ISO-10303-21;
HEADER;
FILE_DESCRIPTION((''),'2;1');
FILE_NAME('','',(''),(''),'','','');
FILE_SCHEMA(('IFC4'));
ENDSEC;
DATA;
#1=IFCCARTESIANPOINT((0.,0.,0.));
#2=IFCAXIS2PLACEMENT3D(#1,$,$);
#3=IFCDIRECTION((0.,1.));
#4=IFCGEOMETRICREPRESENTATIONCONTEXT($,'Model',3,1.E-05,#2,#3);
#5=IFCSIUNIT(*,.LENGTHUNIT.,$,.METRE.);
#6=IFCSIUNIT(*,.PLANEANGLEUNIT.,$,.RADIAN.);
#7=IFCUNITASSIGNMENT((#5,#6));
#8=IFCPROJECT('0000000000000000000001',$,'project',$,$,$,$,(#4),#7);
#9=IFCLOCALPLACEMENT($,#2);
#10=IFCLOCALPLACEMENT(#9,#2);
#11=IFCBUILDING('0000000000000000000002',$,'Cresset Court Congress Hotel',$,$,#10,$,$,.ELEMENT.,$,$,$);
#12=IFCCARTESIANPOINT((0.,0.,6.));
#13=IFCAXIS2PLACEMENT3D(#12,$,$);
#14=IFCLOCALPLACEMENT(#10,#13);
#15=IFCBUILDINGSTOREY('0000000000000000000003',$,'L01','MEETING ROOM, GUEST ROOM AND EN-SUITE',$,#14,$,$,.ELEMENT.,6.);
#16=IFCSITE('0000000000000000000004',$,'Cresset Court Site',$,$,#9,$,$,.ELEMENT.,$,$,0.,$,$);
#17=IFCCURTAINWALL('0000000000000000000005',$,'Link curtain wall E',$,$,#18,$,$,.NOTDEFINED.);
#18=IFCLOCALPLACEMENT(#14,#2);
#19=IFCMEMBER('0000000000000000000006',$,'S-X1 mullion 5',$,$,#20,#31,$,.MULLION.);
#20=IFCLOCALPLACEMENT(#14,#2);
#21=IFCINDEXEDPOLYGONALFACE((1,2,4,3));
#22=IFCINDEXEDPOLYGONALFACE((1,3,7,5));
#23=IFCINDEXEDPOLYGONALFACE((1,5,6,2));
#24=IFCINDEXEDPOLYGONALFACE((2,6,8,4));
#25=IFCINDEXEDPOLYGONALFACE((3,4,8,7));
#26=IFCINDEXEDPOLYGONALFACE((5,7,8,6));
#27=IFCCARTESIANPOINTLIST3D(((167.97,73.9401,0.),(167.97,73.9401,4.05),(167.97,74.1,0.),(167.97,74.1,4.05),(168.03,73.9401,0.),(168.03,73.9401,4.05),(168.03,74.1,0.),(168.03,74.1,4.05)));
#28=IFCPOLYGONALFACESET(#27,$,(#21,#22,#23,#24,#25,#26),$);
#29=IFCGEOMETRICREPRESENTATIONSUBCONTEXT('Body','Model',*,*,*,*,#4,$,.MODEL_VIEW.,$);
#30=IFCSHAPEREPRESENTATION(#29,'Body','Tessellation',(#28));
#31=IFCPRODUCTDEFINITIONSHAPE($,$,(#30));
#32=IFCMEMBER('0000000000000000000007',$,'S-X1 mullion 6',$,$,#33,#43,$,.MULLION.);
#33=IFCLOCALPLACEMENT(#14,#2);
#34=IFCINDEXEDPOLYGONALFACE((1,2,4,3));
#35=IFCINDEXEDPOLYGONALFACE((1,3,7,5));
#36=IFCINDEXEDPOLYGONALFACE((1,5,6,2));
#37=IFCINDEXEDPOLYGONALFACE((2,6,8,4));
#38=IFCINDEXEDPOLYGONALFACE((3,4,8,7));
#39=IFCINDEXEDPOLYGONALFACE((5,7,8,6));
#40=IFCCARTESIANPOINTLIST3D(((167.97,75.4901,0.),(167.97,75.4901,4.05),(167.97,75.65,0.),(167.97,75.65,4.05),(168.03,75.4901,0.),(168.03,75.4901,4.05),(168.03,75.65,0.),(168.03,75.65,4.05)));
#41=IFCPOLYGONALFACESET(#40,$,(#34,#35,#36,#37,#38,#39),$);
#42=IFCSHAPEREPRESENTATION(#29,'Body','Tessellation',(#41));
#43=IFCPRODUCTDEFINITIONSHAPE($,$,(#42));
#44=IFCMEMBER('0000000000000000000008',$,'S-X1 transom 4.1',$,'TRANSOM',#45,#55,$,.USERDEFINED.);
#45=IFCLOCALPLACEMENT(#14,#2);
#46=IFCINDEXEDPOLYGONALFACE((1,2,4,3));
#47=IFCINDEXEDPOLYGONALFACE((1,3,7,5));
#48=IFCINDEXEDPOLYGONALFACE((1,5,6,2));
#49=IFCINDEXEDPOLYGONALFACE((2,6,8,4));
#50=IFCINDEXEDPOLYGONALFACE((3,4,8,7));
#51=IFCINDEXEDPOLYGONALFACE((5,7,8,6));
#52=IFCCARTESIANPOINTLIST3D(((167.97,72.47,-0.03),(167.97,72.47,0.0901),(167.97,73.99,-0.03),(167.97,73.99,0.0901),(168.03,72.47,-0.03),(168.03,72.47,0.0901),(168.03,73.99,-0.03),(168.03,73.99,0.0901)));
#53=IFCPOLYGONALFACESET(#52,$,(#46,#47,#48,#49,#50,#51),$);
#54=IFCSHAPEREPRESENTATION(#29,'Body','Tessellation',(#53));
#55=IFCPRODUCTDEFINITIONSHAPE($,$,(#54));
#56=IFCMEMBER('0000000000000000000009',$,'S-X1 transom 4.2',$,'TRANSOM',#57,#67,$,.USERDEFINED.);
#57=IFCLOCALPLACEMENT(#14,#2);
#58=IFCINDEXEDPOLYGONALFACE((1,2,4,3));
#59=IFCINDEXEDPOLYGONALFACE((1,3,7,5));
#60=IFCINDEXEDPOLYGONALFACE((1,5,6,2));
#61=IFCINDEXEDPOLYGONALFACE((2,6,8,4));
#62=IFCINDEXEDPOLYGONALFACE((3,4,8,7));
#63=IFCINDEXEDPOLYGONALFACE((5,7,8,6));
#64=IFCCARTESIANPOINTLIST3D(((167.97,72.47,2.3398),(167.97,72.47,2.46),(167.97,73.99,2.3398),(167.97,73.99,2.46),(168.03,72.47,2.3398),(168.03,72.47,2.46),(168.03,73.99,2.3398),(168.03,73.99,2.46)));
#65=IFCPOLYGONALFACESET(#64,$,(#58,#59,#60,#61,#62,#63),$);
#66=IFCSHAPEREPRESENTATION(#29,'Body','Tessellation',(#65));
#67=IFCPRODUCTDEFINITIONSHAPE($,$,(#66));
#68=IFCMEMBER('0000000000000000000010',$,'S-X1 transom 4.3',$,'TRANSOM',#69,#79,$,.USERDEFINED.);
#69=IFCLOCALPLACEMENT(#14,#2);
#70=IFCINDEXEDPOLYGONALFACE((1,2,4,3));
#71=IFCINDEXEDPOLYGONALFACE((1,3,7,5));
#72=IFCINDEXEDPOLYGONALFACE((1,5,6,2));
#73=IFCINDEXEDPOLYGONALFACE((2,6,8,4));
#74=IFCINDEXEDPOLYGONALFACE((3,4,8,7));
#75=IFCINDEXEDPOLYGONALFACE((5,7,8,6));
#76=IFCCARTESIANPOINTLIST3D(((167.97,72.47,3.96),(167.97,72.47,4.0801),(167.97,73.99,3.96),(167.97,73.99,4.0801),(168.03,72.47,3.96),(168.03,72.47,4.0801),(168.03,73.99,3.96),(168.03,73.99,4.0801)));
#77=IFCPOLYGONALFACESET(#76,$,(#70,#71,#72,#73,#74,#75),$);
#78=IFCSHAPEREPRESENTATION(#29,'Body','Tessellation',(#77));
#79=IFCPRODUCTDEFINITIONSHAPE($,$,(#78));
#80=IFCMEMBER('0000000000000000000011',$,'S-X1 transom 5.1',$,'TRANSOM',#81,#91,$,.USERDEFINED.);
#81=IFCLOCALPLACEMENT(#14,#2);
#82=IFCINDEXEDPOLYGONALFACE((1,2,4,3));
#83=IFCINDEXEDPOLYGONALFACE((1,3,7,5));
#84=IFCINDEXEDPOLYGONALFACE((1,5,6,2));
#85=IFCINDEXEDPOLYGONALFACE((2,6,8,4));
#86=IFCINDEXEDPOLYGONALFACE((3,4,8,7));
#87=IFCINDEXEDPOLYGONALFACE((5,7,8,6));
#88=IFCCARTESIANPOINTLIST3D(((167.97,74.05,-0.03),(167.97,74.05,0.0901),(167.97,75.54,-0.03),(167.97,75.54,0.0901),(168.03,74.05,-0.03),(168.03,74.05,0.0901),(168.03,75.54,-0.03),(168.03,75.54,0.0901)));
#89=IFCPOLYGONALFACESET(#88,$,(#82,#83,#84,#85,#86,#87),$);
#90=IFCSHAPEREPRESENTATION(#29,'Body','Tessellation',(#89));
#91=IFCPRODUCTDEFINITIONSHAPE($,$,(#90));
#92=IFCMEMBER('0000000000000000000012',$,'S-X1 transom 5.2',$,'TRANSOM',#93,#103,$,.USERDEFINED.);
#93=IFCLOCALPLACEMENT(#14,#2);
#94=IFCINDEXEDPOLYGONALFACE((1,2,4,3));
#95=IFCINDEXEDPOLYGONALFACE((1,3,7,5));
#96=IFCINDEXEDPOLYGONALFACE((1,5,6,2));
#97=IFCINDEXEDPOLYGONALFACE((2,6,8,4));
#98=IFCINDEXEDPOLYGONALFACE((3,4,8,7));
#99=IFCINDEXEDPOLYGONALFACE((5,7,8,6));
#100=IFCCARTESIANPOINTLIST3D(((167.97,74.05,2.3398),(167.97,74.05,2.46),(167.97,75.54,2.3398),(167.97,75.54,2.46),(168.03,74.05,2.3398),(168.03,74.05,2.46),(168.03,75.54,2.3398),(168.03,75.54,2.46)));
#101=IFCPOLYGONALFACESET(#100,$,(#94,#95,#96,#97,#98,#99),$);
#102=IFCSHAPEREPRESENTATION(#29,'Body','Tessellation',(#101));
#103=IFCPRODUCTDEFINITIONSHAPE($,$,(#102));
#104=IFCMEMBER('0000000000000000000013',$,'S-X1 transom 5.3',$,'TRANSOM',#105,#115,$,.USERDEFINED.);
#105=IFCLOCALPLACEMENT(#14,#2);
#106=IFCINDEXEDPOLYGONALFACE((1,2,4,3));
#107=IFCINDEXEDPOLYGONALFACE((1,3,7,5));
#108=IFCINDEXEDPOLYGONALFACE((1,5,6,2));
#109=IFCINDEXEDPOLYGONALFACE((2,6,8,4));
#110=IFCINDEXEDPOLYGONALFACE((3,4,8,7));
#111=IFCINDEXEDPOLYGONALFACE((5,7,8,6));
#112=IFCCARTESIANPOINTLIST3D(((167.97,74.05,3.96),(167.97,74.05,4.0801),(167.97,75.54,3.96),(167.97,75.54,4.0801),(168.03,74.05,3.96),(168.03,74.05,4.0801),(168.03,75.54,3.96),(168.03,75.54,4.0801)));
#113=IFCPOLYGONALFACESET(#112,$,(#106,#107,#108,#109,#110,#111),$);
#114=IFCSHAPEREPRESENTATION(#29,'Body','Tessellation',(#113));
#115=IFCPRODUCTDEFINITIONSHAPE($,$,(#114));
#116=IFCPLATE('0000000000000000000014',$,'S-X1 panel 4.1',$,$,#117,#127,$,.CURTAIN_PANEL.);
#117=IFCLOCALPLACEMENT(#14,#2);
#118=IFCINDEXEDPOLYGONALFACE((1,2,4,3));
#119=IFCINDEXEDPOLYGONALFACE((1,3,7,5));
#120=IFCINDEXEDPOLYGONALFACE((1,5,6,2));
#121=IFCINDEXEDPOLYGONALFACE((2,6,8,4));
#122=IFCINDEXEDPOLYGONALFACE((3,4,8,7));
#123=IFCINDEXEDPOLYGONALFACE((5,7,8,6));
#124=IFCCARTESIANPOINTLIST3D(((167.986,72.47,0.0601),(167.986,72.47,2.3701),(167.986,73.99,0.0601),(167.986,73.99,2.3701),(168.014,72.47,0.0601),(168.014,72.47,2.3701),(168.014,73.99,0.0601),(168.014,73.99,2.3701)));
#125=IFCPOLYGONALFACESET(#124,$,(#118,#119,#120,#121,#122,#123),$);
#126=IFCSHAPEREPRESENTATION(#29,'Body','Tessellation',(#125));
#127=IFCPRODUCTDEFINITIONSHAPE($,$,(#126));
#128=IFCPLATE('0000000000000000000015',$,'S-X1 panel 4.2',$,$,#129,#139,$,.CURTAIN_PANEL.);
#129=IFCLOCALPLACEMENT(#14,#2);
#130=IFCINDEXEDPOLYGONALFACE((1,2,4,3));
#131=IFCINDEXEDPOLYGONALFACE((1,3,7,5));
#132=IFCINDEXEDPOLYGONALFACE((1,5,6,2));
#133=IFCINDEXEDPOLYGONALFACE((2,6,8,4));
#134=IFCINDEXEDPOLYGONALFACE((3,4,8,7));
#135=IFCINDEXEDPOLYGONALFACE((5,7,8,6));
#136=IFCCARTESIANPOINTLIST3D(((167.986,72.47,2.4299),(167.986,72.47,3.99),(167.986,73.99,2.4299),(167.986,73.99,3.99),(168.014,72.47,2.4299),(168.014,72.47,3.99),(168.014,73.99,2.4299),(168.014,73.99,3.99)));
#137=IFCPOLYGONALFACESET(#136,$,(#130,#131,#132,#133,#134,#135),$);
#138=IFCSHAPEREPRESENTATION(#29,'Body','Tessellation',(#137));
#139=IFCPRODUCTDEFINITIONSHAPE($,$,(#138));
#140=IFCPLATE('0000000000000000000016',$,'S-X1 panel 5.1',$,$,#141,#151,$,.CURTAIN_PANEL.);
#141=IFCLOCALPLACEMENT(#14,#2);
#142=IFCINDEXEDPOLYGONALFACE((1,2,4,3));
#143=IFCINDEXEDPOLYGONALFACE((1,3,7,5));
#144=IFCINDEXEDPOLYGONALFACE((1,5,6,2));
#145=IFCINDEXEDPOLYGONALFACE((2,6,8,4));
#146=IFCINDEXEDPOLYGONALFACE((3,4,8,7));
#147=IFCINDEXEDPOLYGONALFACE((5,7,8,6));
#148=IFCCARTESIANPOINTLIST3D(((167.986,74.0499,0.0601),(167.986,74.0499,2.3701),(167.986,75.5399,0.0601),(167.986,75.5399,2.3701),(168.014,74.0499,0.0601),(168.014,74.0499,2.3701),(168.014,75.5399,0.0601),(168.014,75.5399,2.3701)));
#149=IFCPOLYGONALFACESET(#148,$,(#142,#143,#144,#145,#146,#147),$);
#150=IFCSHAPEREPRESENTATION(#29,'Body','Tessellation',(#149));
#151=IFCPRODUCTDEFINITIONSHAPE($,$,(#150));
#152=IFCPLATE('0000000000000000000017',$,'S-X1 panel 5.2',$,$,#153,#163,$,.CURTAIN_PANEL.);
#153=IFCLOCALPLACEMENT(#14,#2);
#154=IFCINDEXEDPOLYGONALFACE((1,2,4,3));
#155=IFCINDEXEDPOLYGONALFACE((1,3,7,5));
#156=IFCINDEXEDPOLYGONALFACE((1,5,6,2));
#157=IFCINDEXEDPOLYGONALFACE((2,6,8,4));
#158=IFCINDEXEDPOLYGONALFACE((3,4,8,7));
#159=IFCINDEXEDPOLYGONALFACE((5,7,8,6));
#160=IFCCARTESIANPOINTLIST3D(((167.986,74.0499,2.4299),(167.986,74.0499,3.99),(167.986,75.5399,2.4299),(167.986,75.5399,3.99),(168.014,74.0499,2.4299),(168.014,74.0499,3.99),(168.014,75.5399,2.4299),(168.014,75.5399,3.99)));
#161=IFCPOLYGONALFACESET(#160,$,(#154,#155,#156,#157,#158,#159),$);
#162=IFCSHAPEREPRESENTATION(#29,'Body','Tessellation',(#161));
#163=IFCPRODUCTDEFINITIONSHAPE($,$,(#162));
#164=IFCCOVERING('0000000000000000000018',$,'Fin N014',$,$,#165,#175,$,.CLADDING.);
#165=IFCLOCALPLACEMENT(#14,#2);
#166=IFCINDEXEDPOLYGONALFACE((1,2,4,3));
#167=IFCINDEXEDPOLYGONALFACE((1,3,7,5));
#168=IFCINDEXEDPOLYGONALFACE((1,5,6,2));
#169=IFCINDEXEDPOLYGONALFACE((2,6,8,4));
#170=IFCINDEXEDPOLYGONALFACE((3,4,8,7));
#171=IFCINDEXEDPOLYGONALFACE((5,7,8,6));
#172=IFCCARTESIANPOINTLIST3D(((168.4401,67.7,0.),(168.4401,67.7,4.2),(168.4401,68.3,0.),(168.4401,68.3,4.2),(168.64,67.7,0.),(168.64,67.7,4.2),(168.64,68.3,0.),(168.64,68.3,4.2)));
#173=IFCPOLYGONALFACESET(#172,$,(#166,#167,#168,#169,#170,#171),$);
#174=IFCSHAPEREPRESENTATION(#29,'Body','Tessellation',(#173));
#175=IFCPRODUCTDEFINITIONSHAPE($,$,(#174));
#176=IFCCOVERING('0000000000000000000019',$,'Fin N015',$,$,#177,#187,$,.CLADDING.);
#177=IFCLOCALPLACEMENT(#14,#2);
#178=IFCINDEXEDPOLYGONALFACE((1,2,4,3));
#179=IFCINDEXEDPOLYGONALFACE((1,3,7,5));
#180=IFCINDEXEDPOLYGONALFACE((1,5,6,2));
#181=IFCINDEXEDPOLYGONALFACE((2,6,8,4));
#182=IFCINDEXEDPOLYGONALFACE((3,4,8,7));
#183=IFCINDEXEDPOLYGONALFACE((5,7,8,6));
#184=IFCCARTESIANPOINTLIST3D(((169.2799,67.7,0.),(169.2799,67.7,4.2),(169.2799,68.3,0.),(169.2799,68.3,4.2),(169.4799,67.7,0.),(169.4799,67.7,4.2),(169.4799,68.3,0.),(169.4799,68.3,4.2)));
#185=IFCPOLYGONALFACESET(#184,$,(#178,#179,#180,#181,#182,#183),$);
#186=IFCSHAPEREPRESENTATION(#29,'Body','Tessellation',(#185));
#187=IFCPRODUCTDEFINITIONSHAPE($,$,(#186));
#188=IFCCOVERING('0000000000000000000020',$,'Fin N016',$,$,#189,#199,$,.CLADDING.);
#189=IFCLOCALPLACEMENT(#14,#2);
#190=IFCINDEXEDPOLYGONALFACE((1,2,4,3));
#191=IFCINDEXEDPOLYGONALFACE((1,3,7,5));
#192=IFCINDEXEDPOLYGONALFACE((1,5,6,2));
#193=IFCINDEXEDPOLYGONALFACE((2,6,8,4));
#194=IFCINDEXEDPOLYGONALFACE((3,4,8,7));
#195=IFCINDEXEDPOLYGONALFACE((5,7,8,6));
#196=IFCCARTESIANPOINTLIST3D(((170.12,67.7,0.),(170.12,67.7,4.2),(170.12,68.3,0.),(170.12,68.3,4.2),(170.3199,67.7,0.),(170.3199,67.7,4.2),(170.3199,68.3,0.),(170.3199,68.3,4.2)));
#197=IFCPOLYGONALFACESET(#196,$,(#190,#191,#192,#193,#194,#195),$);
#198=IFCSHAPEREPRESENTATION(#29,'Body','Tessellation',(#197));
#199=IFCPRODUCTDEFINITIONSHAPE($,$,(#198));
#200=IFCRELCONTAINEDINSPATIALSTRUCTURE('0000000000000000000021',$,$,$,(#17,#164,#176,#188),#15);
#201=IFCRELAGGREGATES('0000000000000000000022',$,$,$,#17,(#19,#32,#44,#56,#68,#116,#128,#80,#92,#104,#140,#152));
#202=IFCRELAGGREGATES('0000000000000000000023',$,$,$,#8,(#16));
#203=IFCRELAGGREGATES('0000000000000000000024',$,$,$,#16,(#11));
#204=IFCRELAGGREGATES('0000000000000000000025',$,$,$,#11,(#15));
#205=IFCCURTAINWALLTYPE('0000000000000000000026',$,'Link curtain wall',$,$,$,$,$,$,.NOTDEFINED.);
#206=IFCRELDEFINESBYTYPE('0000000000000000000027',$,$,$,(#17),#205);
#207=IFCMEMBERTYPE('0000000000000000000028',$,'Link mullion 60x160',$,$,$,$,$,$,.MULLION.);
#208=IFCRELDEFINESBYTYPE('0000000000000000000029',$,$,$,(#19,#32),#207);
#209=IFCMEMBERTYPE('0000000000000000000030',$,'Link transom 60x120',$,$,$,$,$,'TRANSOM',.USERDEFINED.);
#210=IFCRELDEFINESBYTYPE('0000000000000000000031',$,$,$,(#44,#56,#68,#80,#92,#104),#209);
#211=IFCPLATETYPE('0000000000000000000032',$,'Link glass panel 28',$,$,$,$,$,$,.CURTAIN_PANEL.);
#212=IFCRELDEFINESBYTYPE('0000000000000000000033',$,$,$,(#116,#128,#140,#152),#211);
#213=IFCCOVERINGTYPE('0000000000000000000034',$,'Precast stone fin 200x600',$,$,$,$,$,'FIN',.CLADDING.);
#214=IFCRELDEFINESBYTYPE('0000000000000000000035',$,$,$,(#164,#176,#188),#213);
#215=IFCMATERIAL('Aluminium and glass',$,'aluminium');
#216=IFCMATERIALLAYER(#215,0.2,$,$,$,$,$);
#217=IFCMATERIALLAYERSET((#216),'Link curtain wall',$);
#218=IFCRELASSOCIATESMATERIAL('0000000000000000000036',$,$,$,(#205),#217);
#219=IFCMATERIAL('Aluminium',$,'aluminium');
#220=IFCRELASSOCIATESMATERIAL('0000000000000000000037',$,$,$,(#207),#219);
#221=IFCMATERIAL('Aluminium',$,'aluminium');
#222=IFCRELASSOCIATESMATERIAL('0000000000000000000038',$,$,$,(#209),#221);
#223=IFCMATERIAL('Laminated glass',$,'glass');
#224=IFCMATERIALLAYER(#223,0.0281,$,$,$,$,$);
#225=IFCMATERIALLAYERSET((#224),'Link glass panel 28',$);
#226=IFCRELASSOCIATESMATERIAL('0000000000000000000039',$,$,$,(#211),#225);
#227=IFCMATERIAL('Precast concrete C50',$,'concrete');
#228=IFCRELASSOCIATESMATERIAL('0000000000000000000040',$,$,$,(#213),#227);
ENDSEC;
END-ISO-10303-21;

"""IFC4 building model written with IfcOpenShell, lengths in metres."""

from ifc_helpers import new_model, si_unit, direction, frame, origin, origin_2d, place, context, subcontext, project, spatial, rectangle, extrude, material, layer, layer_set, material_profile, profile_set, type_object, element, aggregate, save


model = new_model("IFC4")

# Units and contexts
model_context = context("Model", 3, precision=1e-05, world=origin(), true_north=direction((0.0, 1.0)))
body_context = subcontext(model_context, "Body", "Model", "MODEL_VIEW")
ifc_project = project(units=[si_unit("LENGTHUNIT", "METRE"), si_unit("PLANEANGLEUNIT", "RADIAN")], contexts=[model_context])

# Site, building, storey
site_placement = place(None, origin())
site = spatial("IfcSite", under=ifc_project, at=site_placement, Name="Cresset Court Site", CompositionType="ELEMENT", RefElevation=0.0)
building_placement = place(site_placement, origin())
building = spatial("IfcBuilding", under=site, at=building_placement, Name="Cresset Court Congress Hotel", CompositionType="ELEMENT")
storey_placement = place(building_placement, frame((0.0, 0.0, 6.0)))
storey = spatial("IfcBuildingStorey", under=building, at=storey_placement, Name="L01", Description="MEETING ROOM, GUEST ROOM AND EN-SUITE", CompositionType="ELEMENT", Elevation=6.0)

# Curtain wall, members, plates
ifc_material_1 = material(Name="Aluminium and glass", Category="aluminium")
ifc_layer_1 = layer(ifc_material_1, 0.2)
ifc_layer_set_1 = layer_set([ifc_layer_1], Name="Link curtain wall")
curtain_wall_type = type_object("IfcCurtainWallType", Name="Link curtain wall", PredefinedType="NOTDEFINED", material=ifc_layer_set_1)
curtain_wall_placement = place(storey_placement, origin())
curtain_wall = element("IfcCurtainWall", 1, at=curtain_wall_placement, inside=storey, type_object=curtain_wall_type, Name="Link curtain wall E", PredefinedType="NOTDEFINED")
ifc_material_2 = material(Name="Aluminium", Category="aluminium")
ifc_material_profile_1 = material_profile(ifc_material_2, rectangle(XDim=0.0601, YDim=0.1599, at=origin_2d()), Name="Mullion 60x160")
ifc_profile_set_1 = profile_set([ifc_material_profile_1], Name="Aluminium")
member_type_1 = type_object("IfcMemberType", Name="Link mullion 60x160", PredefinedType="MULLION", material=ifc_profile_set_1)
member_1_placement = place(storey_placement, frame((168.0, 74.02, 0.0), z_axis=(0.0, 0.0, 1.0), x_axis=(-1.0, 0.0, 0.0)))
member_1 = element("IfcMember", 2, at=member_1_placement, type_object=member_type_1, Name="S-X1 mullion 5", PredefinedType="MULLION", context=body_context, shape_type="SweptSolid", body=[
    extrude(rectangle(XDim=0.0601, YDim=0.1599, at=origin_2d()), origin(), (0.0, 0.0, 1.0), 4.05),
])
member_2_placement = place(storey_placement, frame((168.0, 75.5701, 0.0), z_axis=(0.0, 0.0, 1.0), x_axis=(-1.0, 0.0, 0.0)))
member_2 = element("IfcMember", 3, at=member_2_placement, type_object=member_type_1, Name="S-X1 mullion 6", PredefinedType="MULLION", context=body_context, shape_type="SweptSolid", body=[
    extrude(rectangle(XDim=0.0601, YDim=0.1599, at=origin_2d()), origin(), (0.0, 0.0, 1.0), 4.05),
])
ifc_material_3 = material(Name="Aluminium", Category="aluminium")
ifc_material_profile_2 = material_profile(ifc_material_3, rectangle(XDim=0.0601, YDim=0.1201, at=origin_2d()), Name="Transom 60x120")
ifc_profile_set_2 = profile_set([ifc_material_profile_2], Name="Aluminium")
member_type_2 = type_object("IfcMemberType", Name="Link transom 60x120", ElementType="TRANSOM", PredefinedType="USERDEFINED", material=ifc_profile_set_2)
member_3_placement = place(storey_placement, frame((168.0, 72.47, 0.03), z_axis=(0.0, 1.0, 0.0), x_axis=(-1.0, 0.0, 0.0)))
member_3 = element("IfcMember", 4, at=member_3_placement, type_object=member_type_2, Name="S-X1 transom 4.1", ObjectType="TRANSOM", PredefinedType="USERDEFINED", context=body_context, shape_type="SweptSolid", body=[
    extrude(rectangle(XDim=0.0601, YDim=0.1201, at=origin_2d()), origin(), (0.0, 0.0, 1.0), 1.52),
])
member_4_placement = place(storey_placement, frame((168.0, 72.47, 2.3999), z_axis=(0.0, 1.0, 0.0), x_axis=(-1.0, 0.0, 0.0)))
member_4 = element("IfcMember", 5, at=member_4_placement, type_object=member_type_2, Name="S-X1 transom 4.2", ObjectType="TRANSOM", PredefinedType="USERDEFINED", context=body_context, shape_type="SweptSolid", body=[
    extrude(rectangle(XDim=0.0601, YDim=0.1201, at=origin_2d()), origin(), (0.0, 0.0, 1.0), 1.52),
])
member_5_placement = place(storey_placement, frame((168.0, 72.47, 4.02), z_axis=(0.0, 1.0, 0.0), x_axis=(-1.0, 0.0, 0.0)))
member_5 = element("IfcMember", 6, at=member_5_placement, type_object=member_type_2, Name="S-X1 transom 4.3", ObjectType="TRANSOM", PredefinedType="USERDEFINED", context=body_context, shape_type="SweptSolid", body=[
    extrude(rectangle(XDim=0.0601, YDim=0.1201, at=origin_2d()), origin(), (0.0, 0.0, 1.0), 1.52),
])
member_6_placement = place(storey_placement, frame((168.0, 74.05, 0.03), z_axis=(0.0, 1.0, 0.0), x_axis=(-1.0, 0.0, 0.0)))
member_6 = element("IfcMember", 7, at=member_6_placement, type_object=member_type_2, Name="S-X1 transom 5.1", ObjectType="TRANSOM", PredefinedType="USERDEFINED", context=body_context, shape_type="SweptSolid", body=[
    extrude(rectangle(XDim=0.0601, YDim=0.1201, at=origin_2d()), origin(), (0.0, 0.0, 1.0), 1.49),
])
member_7_placement = place(storey_placement, frame((168.0, 74.05, 2.3999), z_axis=(0.0, 1.0, 0.0), x_axis=(-1.0, 0.0, 0.0)))
member_7 = element("IfcMember", 8, at=member_7_placement, type_object=member_type_2, Name="S-X1 transom 5.2", ObjectType="TRANSOM", PredefinedType="USERDEFINED", context=body_context, shape_type="SweptSolid", body=[
    extrude(rectangle(XDim=0.0601, YDim=0.1201, at=origin_2d()), origin(), (0.0, 0.0, 1.0), 1.49),
])
member_8_placement = place(storey_placement, frame((168.0, 74.05, 4.02), z_axis=(0.0, 1.0, 0.0), x_axis=(-1.0, 0.0, 0.0)))
member_8 = element("IfcMember", 9, at=member_8_placement, type_object=member_type_2, Name="S-X1 transom 5.3", ObjectType="TRANSOM", PredefinedType="USERDEFINED", context=body_context, shape_type="SweptSolid", body=[
    extrude(rectangle(XDim=0.0601, YDim=0.1201, at=origin_2d()), origin(), (0.0, 0.0, 1.0), 1.49),
])
ifc_material_4 = material(Name="Laminated glass", Category="glass")
ifc_layer_2 = layer(ifc_material_4, 0.0281)
ifc_layer_set_2 = layer_set([ifc_layer_2], Name="Link glass panel 28")
plate_type = type_object("IfcPlateType", Name="Link glass panel 28", PredefinedType="CURTAIN_PANEL", material=ifc_layer_set_2)
plate_1_placement = place(storey_placement, frame((168.0, 73.23, 0.0601), z_axis=(0.0, 0.0, 1.0), x_axis=(0.0, 1.0, 0.0)))
plate_1 = element("IfcPlate", 10, at=plate_1_placement, type_object=plate_type, Name="S-X1 panel 4.1", PredefinedType="CURTAIN_PANEL", context=body_context, shape_type="SweptSolid", body=[
    extrude(rectangle(XDim=1.52, YDim=0.0281, at=origin_2d()), origin(), (0.0, 0.0, 1.0), 2.3101),
])
plate_2_placement = place(storey_placement, frame((168.0, 73.23, 2.4299), z_axis=(0.0, 0.0, 1.0), x_axis=(0.0, 1.0, 0.0)))
plate_2 = element("IfcPlate", 11, at=plate_2_placement, type_object=plate_type, Name="S-X1 panel 4.2", PredefinedType="CURTAIN_PANEL", context=body_context, shape_type="SweptSolid", body=[
    extrude(rectangle(XDim=1.52, YDim=0.0281, at=origin_2d()), origin(), (0.0, 0.0, 1.0), 1.5601),
])
plate_3_placement = place(storey_placement, frame((168.0, 74.7949, 0.0601), z_axis=(0.0, 0.0, 1.0), x_axis=(0.0, 1.0, 0.0)))
plate_3 = element("IfcPlate", 12, at=plate_3_placement, type_object=plate_type, Name="S-X1 panel 5.1", PredefinedType="CURTAIN_PANEL", context=body_context, shape_type="SweptSolid", body=[
    extrude(rectangle(XDim=1.49, YDim=0.0281, at=origin_2d()), origin(), (0.0, 0.0, 1.0), 2.3101),
])
plate_4_placement = place(storey_placement, frame((168.0, 74.7949, 2.4299), z_axis=(0.0, 0.0, 1.0), x_axis=(0.0, 1.0, 0.0)))
plate_4 = element("IfcPlate", 13, at=plate_4_placement, type_object=plate_type, Name="S-X1 panel 5.2", PredefinedType="CURTAIN_PANEL", context=body_context, shape_type="SweptSolid", body=[
    extrude(rectangle(XDim=1.49, YDim=0.0281, at=origin_2d()), origin(), (0.0, 0.0, 1.0), 1.5601),
])
aggregate(curtain_wall, [member_1, member_2, member_3, member_4, member_5, plate_1, plate_2, member_6, member_7, member_8, plate_3, plate_4])

# Coverings
ifc_material_5 = material(Name="Precast concrete C50", Category="concrete")
covering_type_1 = type_object("IfcCoveringType", Name="Precast stone fin 200x600", ElementType="FIN", PredefinedType="CLADDING", material=ifc_material_5)
for number, where, z_axis, x_axis, name in (
    (14, (168.54, 68.0, 0.0), (0.0, 0.0, 1.0), (1.0, 0.0, 0.0), "Fin N014"),
    (15, (169.3799, 68.0, 0.0), (0.0, 0.0, 1.0), (1.0, 0.0, 0.0), "Fin N015"),
    (16, (170.22, 68.0, 0.0), (0.0, 0.0, 1.0), (1.0, 0.0, 0.0), "Fin N016"),
):
    element("IfcCovering", number, at=place(storey_placement, frame(where, z_axis=z_axis, x_axis=x_axis)), inside=storey, type_object=covering_type_1, Name=name, PredefinedType="CLADDING", context=body_context, shape_type="SweptSolid", body=[
        extrude(rectangle(XDim=0.2, YDim=0.6001, at=origin_2d()), origin(), (0.0, 0.0, 1.0), 4.2),
    ])

save(model, "model.ifc")
